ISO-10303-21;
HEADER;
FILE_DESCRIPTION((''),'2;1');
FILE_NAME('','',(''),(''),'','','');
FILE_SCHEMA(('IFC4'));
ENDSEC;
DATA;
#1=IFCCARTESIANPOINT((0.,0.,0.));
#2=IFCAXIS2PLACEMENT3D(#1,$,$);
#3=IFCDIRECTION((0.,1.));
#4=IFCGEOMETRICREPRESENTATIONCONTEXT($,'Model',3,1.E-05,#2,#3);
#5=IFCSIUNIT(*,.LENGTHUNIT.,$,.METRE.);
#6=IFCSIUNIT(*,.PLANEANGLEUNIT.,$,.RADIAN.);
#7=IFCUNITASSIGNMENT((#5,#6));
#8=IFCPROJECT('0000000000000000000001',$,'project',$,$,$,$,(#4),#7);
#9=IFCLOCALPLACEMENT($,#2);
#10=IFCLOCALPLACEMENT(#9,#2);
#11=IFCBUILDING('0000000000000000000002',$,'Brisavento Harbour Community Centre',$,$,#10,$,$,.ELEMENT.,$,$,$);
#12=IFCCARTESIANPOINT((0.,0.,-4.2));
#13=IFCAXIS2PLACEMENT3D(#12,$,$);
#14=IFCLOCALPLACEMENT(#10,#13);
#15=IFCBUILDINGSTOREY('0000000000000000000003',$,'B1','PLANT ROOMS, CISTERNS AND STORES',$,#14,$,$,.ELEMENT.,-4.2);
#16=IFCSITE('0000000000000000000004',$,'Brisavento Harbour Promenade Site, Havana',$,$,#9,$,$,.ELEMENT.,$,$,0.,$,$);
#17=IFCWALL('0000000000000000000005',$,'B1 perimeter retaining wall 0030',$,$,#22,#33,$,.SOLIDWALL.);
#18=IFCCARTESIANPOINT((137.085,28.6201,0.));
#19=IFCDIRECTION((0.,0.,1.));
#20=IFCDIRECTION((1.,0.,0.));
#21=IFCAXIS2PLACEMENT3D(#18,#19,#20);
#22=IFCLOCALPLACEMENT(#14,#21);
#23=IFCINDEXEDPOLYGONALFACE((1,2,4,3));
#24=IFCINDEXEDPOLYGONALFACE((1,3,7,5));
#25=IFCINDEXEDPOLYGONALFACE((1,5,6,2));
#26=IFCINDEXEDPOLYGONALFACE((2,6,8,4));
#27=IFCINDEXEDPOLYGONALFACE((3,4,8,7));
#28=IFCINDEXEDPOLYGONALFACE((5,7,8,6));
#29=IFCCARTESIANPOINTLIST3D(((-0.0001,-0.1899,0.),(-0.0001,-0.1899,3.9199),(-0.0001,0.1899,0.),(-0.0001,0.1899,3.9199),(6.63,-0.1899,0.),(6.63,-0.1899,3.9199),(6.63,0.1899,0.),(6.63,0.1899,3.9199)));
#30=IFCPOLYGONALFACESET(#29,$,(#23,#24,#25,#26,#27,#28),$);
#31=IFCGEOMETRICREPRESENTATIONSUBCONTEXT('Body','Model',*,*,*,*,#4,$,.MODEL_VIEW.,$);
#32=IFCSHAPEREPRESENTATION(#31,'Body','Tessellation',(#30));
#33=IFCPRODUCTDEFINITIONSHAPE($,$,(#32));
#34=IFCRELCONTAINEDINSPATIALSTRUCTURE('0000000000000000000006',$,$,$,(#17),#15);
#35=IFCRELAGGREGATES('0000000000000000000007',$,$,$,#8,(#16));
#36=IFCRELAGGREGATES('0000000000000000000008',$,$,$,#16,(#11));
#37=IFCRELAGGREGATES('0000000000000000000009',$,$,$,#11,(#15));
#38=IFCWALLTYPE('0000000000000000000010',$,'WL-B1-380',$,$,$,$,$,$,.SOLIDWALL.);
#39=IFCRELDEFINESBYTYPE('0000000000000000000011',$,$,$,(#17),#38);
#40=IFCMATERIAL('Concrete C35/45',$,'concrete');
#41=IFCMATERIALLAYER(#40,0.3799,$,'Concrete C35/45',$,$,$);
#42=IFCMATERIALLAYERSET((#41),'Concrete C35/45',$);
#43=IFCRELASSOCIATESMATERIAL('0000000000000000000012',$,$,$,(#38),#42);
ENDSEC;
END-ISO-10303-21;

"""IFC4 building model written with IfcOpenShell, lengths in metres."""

from ifc_helpers import new_model, si_unit, direction, frame, frame_2d, origin, place, context, subcontext, project, spatial, rectangle, extrude, material, layer, layer_set, type_object, element, save


model = new_model("IFC4")

# Units and contexts
model_context = context("Model", 3, precision=1e-05, world=origin(), true_north=direction((0.0, 1.0)))
body_context = subcontext(model_context, "Body", "Model", "MODEL_VIEW")
ifc_project = project(units=[si_unit("LENGTHUNIT", "METRE"), si_unit("PLANEANGLEUNIT", "RADIAN")], contexts=[model_context])

# Site, building, storey
site_placement = place(None, origin())
site = spatial("IfcSite", under=ifc_project, at=site_placement, Name="Brisavento Harbour Promenade Site, Havana", CompositionType="ELEMENT", RefElevation=0.0)
building_placement = place(site_placement, origin())
building = spatial("IfcBuilding", under=site, at=building_placement, Name="Brisavento Harbour Community Centre", CompositionType="ELEMENT")
storey_placement = place(building_placement, frame((0.0, 0.0, -4.2)))
storey = spatial("IfcBuildingStorey", under=building, at=storey_placement, Name="B1", Description="PLANT ROOMS, CISTERNS AND STORES", CompositionType="ELEMENT", Elevation=-4.2)

# Shared definitions
ifc_material = material(Name="Concrete C35/45", Category="concrete")

# Wall
ifc_layer = layer(ifc_material, 0.3799, Name="Concrete C35/45")
ifc_layer_set = layer_set([ifc_layer], Name="Concrete C35/45")
wall_type = type_object("IfcWallType", Name="WL-B1-380", PredefinedType="SOLIDWALL", material=ifc_layer_set)
wall_1_placement = place(storey_placement, frame((137.085, 28.6201, 0.0), z_axis=(0.0, 0.0, 1.0), x_axis=(1.0, 0.0, 0.0)))
element("IfcWall", 1, at=wall_1_placement, inside=storey, type_object=wall_type, Name="B1 perimeter retaining wall 0030", PredefinedType="SOLIDWALL", context=body_context, shape_type="SweptSolid", body=[
    extrude(rectangle(XDim=6.6301, YDim=0.3799, at=frame_2d((3.3149, 0.0))), origin(), (0.0, 0.0, 1.0), 3.9199),
])

save(model, "model.ifc")
